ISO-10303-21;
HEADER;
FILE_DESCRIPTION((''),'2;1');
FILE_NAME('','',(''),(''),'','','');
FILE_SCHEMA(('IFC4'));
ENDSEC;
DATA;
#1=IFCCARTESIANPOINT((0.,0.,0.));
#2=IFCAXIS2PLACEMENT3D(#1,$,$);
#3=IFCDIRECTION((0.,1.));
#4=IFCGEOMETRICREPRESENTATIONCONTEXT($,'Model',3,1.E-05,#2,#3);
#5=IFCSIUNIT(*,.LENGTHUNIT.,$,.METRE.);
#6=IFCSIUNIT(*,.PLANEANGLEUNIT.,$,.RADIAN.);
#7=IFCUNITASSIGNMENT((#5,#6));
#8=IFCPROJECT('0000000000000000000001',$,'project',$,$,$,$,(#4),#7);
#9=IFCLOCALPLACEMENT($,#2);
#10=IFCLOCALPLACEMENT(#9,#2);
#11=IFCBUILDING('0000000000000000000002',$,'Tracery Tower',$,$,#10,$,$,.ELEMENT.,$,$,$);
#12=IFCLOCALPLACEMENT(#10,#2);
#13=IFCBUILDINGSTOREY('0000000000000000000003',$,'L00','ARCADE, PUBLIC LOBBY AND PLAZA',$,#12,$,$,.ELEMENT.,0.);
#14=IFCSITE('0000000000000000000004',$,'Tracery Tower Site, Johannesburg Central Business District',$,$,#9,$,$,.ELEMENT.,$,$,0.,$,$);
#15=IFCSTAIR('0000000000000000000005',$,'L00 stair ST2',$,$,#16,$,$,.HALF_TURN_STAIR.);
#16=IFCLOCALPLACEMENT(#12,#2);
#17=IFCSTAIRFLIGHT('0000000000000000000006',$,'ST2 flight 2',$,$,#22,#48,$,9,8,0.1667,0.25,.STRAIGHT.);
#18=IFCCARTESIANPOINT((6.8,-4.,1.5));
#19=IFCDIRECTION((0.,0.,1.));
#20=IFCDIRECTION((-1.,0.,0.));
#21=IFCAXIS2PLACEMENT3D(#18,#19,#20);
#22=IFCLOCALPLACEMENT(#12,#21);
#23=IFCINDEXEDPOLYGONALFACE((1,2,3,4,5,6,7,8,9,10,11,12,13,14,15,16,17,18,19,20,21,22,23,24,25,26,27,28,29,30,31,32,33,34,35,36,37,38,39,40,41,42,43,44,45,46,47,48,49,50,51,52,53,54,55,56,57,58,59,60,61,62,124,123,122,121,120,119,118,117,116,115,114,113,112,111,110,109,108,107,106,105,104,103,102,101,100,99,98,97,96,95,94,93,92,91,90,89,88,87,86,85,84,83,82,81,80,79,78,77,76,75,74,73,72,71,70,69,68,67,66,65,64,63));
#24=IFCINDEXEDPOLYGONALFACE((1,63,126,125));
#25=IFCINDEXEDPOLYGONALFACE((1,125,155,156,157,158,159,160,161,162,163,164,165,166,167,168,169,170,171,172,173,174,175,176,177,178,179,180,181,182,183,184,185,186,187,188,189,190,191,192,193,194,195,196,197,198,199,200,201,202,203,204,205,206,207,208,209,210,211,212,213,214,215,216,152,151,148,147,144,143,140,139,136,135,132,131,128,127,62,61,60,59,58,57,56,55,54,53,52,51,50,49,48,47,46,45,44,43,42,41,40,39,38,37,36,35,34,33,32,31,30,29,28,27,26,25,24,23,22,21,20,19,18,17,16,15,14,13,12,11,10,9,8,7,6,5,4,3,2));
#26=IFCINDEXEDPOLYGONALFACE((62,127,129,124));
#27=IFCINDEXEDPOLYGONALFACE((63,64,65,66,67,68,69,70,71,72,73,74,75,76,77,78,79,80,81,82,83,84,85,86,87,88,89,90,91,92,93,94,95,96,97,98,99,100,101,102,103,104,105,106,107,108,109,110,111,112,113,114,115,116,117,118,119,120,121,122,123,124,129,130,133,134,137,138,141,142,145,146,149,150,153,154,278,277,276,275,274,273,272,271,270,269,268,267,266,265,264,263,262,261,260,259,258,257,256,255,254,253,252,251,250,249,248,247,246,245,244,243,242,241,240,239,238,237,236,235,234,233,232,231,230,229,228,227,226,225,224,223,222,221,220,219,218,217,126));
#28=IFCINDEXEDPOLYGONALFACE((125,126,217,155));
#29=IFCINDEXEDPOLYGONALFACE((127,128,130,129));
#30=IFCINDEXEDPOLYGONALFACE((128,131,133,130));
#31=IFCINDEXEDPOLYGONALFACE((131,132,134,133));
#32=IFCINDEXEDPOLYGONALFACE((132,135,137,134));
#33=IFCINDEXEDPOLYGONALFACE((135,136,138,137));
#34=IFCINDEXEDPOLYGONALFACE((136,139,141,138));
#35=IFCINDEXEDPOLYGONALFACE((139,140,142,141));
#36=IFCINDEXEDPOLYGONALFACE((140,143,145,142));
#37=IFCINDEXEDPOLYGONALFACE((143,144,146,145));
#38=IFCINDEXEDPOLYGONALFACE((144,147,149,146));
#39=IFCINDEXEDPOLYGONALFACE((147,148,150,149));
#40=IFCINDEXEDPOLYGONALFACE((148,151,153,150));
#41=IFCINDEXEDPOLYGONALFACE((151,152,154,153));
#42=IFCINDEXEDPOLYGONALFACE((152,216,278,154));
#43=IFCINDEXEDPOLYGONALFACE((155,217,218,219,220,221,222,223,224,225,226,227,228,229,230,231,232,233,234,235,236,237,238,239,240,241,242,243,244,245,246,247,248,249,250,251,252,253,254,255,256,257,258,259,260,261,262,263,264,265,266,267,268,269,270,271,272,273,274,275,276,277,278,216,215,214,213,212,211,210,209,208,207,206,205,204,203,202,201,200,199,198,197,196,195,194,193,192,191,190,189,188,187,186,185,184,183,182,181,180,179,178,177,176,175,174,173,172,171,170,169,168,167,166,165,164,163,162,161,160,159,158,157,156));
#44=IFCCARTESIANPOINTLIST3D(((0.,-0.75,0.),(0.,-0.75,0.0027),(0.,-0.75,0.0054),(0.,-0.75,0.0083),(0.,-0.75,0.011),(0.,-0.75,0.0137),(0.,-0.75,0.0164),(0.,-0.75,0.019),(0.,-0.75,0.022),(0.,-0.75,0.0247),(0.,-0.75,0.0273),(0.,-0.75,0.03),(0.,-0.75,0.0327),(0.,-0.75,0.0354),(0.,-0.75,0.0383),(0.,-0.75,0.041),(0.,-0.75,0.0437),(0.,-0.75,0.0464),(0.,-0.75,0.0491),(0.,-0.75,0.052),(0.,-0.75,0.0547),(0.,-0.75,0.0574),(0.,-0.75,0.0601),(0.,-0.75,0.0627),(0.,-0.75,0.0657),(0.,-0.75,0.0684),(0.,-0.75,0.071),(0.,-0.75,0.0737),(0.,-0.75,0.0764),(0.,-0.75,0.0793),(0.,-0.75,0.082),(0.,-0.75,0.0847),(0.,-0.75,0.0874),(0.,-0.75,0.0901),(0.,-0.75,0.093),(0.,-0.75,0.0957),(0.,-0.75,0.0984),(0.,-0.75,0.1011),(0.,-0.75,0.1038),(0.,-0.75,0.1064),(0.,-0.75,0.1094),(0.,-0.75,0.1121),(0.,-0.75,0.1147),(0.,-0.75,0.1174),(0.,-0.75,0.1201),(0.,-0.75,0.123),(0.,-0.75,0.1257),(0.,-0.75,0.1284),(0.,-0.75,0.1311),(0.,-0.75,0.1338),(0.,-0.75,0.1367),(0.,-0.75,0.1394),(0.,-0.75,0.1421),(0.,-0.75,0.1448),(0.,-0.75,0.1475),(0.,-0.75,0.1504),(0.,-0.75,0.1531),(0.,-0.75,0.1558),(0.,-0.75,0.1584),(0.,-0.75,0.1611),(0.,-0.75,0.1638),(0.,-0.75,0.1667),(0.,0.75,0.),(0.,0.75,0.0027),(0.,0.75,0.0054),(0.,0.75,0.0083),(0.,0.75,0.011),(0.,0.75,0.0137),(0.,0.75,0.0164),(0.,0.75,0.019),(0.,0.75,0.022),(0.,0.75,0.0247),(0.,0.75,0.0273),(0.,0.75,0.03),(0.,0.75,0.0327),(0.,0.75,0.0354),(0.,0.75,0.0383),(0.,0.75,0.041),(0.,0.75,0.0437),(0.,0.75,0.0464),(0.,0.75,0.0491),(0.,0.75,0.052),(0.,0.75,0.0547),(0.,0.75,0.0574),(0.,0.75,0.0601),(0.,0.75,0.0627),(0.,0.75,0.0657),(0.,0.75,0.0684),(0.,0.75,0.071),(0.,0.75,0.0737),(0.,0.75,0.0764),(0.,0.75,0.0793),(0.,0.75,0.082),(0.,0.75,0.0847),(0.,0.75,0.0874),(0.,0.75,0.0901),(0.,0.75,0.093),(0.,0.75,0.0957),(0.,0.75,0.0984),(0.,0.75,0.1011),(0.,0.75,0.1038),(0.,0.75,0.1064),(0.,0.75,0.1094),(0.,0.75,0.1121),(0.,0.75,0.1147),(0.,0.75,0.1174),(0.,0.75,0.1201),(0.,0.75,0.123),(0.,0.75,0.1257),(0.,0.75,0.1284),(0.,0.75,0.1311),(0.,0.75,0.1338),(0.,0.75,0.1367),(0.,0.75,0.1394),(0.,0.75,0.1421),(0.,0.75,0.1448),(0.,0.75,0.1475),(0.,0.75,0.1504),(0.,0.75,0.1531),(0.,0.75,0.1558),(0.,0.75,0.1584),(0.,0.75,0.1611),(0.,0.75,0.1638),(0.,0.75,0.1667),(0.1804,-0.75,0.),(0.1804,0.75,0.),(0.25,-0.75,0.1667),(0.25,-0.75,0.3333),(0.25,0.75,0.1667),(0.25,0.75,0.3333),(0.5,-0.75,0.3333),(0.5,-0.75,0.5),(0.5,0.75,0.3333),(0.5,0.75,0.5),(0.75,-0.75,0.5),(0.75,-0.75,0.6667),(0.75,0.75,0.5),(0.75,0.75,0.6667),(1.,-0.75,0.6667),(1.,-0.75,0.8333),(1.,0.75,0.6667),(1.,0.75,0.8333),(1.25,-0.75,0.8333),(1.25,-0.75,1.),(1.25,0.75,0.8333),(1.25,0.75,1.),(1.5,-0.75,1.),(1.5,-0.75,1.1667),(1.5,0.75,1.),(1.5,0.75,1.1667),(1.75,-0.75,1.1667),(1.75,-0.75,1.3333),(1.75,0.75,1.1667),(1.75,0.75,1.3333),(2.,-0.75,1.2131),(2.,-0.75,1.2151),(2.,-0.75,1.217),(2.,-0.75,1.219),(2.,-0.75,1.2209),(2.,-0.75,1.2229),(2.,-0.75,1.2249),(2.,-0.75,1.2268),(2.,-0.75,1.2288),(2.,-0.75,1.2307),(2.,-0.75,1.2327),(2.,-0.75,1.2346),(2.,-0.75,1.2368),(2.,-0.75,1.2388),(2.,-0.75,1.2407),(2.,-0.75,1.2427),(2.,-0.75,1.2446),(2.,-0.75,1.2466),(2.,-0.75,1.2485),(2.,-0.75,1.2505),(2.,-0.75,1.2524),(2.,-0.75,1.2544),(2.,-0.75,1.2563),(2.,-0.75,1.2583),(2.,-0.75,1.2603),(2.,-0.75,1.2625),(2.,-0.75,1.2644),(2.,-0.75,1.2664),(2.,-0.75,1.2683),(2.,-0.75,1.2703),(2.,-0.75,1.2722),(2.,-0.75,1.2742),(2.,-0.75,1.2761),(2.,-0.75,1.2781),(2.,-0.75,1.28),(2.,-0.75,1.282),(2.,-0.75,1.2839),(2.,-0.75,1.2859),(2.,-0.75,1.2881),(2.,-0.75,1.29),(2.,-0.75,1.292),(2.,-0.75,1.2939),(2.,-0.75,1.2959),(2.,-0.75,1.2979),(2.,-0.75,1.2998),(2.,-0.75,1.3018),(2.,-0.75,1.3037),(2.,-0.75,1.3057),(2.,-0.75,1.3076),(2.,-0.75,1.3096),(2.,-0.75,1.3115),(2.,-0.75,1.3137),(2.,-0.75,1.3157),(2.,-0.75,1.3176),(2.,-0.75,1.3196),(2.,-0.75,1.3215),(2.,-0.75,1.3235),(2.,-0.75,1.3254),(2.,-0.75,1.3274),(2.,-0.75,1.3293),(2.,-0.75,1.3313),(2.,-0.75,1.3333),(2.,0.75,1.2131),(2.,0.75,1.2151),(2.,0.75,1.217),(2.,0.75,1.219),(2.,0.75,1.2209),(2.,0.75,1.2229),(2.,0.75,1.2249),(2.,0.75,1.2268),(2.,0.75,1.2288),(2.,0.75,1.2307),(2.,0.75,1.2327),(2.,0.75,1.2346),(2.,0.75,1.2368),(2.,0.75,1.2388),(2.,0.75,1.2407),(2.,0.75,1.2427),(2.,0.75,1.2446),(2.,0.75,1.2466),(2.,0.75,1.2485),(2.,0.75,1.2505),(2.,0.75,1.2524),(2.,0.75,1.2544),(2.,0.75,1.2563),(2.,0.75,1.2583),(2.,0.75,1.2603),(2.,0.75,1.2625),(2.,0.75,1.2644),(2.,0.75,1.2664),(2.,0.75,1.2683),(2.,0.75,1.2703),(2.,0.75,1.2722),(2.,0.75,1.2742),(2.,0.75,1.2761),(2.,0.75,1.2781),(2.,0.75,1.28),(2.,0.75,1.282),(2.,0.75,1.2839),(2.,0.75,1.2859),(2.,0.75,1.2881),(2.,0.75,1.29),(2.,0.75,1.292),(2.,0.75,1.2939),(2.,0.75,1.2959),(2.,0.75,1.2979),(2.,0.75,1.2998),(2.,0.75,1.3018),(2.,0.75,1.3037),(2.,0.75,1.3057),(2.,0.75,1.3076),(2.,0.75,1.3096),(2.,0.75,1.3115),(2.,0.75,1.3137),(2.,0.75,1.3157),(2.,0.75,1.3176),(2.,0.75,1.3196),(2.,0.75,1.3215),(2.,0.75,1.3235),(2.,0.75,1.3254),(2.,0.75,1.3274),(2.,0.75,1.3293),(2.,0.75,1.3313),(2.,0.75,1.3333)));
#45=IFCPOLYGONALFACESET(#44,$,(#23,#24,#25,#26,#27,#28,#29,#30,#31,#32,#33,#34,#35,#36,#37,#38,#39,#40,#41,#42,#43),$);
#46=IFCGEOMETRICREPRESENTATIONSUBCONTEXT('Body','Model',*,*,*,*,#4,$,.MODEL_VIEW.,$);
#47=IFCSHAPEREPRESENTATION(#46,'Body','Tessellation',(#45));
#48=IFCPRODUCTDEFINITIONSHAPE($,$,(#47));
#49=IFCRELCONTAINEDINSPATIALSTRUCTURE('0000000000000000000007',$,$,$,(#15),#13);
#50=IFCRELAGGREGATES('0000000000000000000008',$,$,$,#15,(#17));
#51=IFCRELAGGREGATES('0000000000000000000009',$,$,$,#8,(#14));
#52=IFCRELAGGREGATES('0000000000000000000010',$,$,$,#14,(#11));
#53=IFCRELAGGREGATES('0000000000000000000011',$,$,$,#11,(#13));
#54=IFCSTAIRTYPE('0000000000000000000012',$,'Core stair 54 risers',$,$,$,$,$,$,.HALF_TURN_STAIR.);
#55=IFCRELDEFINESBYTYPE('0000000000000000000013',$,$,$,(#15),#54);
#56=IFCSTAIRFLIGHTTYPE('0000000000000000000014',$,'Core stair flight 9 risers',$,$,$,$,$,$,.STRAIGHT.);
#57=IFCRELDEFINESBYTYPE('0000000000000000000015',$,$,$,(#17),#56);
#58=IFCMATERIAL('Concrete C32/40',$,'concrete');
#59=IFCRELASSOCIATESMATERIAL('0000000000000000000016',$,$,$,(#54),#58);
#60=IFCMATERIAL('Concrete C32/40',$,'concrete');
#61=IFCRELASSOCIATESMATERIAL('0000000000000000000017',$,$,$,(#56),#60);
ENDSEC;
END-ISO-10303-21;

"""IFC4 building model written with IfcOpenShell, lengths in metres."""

from ifc_helpers import new_model, si_unit, direction, frame, origin, place, context, subcontext, project, spatial, polyline, outline, extrude, material, type_object, element, aggregate, save


model = new_model("IFC4")

# Units and contexts
model_context = context("Model", 3, precision=1e-05, world=origin(), true_north=direction((0.0, 1.0)))
body_context = subcontext(model_context, "Body", "Model", "MODEL_VIEW")
ifc_project = project(units=[si_unit("LENGTHUNIT", "METRE"), si_unit("PLANEANGLEUNIT", "RADIAN")], contexts=[model_context])

# Site, building, storey
site_placement = place(None, origin())
site = spatial("IfcSite", under=ifc_project, at=site_placement, Name="Tracery Tower Site, Johannesburg Central Business District", CompositionType="ELEMENT", RefElevation=0.0)
building_placement = place(site_placement, origin())
building = spatial("IfcBuilding", under=site, at=building_placement, Name="Tracery Tower", CompositionType="ELEMENT")
storey_placement = place(building_placement, origin())
storey = spatial("IfcBuildingStorey", under=building, at=storey_placement, Name="L00", Description="ARCADE, PUBLIC LOBBY AND PLAZA", CompositionType="ELEMENT", Elevation=0.0)

# Stair, stair flight
ifc_material_1 = material(Name="Concrete C32/40", Category="concrete")
stair_type = type_object("IfcStairType", Name="Core stair 54 risers", PredefinedType="HALF_TURN_STAIR", material=ifc_material_1)
stair_placement = place(storey_placement, origin())
stair = element("IfcStair", 1, at=stair_placement, inside=storey, type_object=stair_type, Name="L00 stair ST2", PredefinedType="HALF_TURN_STAIR")
ifc_material_2 = material(Name="Concrete C32/40", Category="concrete")
stair_flight_type = type_object("IfcStairFlightType", Name="Core stair flight 9 risers", PredefinedType="STRAIGHT", material=ifc_material_2)
stair_flight_1_placement = place(storey_placement, frame((6.8, -4.0, 1.5), z_axis=(0.0, 0.0, 1.0), x_axis=(-1.0, 0.0, 0.0)))
stair_flight_1 = element("IfcStairFlight", 2, at=stair_flight_1_placement, type_object=stair_flight_type, Name="ST2 flight 2", NumberOfRisers=9, NumberOfTreads=8, PredefinedType="STRAIGHT", RiserHeight=0.1667, TreadLength=0.25, context=body_context, shape_type="SweptSolid", body=[
    extrude(outline(polyline([(0.0, 0.0), (0.0, 0.0027), (0.0, 0.0054), (0.0, 0.0083), (0.0, 0.011), (0.0, 0.0137), (0.0, 0.0164), (0.0, 0.019), (0.0, 0.022), (0.0, 0.0247), (0.0, 0.0273), (0.0, 0.03), (0.0, 0.0327), (0.0, 0.0354), (0.0, 0.0383), (0.0, 0.041), (0.0, 0.0437), (0.0, 0.0464), (0.0, 0.0491), (0.0, 0.052), (0.0, 0.0547), (0.0, 0.0574), (0.0, 0.0601), (0.0, 0.0627), (0.0, 0.0657), (0.0, 0.0684), (0.0, 0.071), (0.0, 0.0737), (0.0, 0.0764), (0.0, 0.0793), (0.0, 0.082), (0.0, 0.0847), (0.0, 0.0874), (0.0, 0.0901), (0.0, 0.093), (0.0, 0.0957), (0.0, 0.0984), (0.0, 0.1011), (0.0, 0.1038), (0.0, 0.1064), (0.0, 0.1094), (0.0, 0.1121), (0.0, 0.1147), (0.0, 0.1174), (0.0, 0.1201), (0.0, 0.123), (0.0, 0.1257), (0.0, 0.1284), (0.0, 0.1311), (0.0, 0.1338), (0.0, 0.1367), (0.0, 0.1394), (0.0, 0.1421), (0.0, 0.1448), (0.0, 0.1475), (0.0, 0.1504), (0.0, 0.1531), (0.0, 0.1558), (0.0, 0.1584), (0.0, 0.1611), (0.0, 0.1638), (0.0, 0.1667), (0.25, 0.1667), (0.25, 0.3333), (0.5, 0.3333), (0.5, 0.5), (0.75, 0.5), (0.75, 0.6667), (1.0, 0.6667), (1.0, 0.8333), (1.25, 0.8333), (1.25, 1.0), (1.5, 1.0), (1.5, 1.1667), (1.75, 1.1667), (1.75, 1.3333), (2.0, 1.3333), (2.0, 1.3313), (2.0, 1.3293), (2.0, 1.3274), (2.0, 1.3254), (2.0, 1.3235), (2.0, 1.3215), (2.0, 1.3196), (2.0, 1.3176), (2.0, 1.3157), (2.0, 1.3137), (2.0, 1.3115), (2.0, 1.3096), (2.0, 1.3076), (2.0, 1.3057), (2.0, 1.3037), (2.0, 1.3018), (2.0, 1.2998), (2.0, 1.2979), (2.0, 1.2959), (2.0, 1.2939), (2.0, 1.292), (2.0, 1.29), (2.0, 1.2881), (2.0, 1.2859), (2.0, 1.2839), (2.0, 1.282), (2.0, 1.28), (2.0, 1.2781), (2.0, 1.2761), (2.0, 1.2742), (2.0, 1.2722), (2.0, 1.2703), (2.0, 1.2683), (2.0, 1.2664), (2.0, 1.2644), (2.0, 1.2625), (2.0, 1.2603), (2.0, 1.2583), (2.0, 1.2563), (2.0, 1.2544), (2.0, 1.2524), (2.0, 1.2505), (2.0, 1.2485), (2.0, 1.2466), (2.0, 1.2446), (2.0, 1.2427), (2.0, 1.2407), (2.0, 1.2388), (2.0, 1.2368), (2.0, 1.2346), (2.0, 1.2327), (2.0, 1.2307), (2.0, 1.2288), (2.0, 1.2268), (2.0, 1.2249), (2.0, 1.2229), (2.0, 1.2209), (2.0, 1.219), (2.0, 1.217), (2.0, 1.2151), (2.0, 1.2131), (0.1804, 0.0), (0.0, 0.0)])), frame((0.0, 0.75, 0.0), z_axis=(0.0, -1.0, 0.0), x_axis=(1.0, 0.0, 0.0)), (0.0, 0.0, 1.0), 1.5),
])
aggregate(stair, [stair_flight_1])

save(model, "model.ifc")
